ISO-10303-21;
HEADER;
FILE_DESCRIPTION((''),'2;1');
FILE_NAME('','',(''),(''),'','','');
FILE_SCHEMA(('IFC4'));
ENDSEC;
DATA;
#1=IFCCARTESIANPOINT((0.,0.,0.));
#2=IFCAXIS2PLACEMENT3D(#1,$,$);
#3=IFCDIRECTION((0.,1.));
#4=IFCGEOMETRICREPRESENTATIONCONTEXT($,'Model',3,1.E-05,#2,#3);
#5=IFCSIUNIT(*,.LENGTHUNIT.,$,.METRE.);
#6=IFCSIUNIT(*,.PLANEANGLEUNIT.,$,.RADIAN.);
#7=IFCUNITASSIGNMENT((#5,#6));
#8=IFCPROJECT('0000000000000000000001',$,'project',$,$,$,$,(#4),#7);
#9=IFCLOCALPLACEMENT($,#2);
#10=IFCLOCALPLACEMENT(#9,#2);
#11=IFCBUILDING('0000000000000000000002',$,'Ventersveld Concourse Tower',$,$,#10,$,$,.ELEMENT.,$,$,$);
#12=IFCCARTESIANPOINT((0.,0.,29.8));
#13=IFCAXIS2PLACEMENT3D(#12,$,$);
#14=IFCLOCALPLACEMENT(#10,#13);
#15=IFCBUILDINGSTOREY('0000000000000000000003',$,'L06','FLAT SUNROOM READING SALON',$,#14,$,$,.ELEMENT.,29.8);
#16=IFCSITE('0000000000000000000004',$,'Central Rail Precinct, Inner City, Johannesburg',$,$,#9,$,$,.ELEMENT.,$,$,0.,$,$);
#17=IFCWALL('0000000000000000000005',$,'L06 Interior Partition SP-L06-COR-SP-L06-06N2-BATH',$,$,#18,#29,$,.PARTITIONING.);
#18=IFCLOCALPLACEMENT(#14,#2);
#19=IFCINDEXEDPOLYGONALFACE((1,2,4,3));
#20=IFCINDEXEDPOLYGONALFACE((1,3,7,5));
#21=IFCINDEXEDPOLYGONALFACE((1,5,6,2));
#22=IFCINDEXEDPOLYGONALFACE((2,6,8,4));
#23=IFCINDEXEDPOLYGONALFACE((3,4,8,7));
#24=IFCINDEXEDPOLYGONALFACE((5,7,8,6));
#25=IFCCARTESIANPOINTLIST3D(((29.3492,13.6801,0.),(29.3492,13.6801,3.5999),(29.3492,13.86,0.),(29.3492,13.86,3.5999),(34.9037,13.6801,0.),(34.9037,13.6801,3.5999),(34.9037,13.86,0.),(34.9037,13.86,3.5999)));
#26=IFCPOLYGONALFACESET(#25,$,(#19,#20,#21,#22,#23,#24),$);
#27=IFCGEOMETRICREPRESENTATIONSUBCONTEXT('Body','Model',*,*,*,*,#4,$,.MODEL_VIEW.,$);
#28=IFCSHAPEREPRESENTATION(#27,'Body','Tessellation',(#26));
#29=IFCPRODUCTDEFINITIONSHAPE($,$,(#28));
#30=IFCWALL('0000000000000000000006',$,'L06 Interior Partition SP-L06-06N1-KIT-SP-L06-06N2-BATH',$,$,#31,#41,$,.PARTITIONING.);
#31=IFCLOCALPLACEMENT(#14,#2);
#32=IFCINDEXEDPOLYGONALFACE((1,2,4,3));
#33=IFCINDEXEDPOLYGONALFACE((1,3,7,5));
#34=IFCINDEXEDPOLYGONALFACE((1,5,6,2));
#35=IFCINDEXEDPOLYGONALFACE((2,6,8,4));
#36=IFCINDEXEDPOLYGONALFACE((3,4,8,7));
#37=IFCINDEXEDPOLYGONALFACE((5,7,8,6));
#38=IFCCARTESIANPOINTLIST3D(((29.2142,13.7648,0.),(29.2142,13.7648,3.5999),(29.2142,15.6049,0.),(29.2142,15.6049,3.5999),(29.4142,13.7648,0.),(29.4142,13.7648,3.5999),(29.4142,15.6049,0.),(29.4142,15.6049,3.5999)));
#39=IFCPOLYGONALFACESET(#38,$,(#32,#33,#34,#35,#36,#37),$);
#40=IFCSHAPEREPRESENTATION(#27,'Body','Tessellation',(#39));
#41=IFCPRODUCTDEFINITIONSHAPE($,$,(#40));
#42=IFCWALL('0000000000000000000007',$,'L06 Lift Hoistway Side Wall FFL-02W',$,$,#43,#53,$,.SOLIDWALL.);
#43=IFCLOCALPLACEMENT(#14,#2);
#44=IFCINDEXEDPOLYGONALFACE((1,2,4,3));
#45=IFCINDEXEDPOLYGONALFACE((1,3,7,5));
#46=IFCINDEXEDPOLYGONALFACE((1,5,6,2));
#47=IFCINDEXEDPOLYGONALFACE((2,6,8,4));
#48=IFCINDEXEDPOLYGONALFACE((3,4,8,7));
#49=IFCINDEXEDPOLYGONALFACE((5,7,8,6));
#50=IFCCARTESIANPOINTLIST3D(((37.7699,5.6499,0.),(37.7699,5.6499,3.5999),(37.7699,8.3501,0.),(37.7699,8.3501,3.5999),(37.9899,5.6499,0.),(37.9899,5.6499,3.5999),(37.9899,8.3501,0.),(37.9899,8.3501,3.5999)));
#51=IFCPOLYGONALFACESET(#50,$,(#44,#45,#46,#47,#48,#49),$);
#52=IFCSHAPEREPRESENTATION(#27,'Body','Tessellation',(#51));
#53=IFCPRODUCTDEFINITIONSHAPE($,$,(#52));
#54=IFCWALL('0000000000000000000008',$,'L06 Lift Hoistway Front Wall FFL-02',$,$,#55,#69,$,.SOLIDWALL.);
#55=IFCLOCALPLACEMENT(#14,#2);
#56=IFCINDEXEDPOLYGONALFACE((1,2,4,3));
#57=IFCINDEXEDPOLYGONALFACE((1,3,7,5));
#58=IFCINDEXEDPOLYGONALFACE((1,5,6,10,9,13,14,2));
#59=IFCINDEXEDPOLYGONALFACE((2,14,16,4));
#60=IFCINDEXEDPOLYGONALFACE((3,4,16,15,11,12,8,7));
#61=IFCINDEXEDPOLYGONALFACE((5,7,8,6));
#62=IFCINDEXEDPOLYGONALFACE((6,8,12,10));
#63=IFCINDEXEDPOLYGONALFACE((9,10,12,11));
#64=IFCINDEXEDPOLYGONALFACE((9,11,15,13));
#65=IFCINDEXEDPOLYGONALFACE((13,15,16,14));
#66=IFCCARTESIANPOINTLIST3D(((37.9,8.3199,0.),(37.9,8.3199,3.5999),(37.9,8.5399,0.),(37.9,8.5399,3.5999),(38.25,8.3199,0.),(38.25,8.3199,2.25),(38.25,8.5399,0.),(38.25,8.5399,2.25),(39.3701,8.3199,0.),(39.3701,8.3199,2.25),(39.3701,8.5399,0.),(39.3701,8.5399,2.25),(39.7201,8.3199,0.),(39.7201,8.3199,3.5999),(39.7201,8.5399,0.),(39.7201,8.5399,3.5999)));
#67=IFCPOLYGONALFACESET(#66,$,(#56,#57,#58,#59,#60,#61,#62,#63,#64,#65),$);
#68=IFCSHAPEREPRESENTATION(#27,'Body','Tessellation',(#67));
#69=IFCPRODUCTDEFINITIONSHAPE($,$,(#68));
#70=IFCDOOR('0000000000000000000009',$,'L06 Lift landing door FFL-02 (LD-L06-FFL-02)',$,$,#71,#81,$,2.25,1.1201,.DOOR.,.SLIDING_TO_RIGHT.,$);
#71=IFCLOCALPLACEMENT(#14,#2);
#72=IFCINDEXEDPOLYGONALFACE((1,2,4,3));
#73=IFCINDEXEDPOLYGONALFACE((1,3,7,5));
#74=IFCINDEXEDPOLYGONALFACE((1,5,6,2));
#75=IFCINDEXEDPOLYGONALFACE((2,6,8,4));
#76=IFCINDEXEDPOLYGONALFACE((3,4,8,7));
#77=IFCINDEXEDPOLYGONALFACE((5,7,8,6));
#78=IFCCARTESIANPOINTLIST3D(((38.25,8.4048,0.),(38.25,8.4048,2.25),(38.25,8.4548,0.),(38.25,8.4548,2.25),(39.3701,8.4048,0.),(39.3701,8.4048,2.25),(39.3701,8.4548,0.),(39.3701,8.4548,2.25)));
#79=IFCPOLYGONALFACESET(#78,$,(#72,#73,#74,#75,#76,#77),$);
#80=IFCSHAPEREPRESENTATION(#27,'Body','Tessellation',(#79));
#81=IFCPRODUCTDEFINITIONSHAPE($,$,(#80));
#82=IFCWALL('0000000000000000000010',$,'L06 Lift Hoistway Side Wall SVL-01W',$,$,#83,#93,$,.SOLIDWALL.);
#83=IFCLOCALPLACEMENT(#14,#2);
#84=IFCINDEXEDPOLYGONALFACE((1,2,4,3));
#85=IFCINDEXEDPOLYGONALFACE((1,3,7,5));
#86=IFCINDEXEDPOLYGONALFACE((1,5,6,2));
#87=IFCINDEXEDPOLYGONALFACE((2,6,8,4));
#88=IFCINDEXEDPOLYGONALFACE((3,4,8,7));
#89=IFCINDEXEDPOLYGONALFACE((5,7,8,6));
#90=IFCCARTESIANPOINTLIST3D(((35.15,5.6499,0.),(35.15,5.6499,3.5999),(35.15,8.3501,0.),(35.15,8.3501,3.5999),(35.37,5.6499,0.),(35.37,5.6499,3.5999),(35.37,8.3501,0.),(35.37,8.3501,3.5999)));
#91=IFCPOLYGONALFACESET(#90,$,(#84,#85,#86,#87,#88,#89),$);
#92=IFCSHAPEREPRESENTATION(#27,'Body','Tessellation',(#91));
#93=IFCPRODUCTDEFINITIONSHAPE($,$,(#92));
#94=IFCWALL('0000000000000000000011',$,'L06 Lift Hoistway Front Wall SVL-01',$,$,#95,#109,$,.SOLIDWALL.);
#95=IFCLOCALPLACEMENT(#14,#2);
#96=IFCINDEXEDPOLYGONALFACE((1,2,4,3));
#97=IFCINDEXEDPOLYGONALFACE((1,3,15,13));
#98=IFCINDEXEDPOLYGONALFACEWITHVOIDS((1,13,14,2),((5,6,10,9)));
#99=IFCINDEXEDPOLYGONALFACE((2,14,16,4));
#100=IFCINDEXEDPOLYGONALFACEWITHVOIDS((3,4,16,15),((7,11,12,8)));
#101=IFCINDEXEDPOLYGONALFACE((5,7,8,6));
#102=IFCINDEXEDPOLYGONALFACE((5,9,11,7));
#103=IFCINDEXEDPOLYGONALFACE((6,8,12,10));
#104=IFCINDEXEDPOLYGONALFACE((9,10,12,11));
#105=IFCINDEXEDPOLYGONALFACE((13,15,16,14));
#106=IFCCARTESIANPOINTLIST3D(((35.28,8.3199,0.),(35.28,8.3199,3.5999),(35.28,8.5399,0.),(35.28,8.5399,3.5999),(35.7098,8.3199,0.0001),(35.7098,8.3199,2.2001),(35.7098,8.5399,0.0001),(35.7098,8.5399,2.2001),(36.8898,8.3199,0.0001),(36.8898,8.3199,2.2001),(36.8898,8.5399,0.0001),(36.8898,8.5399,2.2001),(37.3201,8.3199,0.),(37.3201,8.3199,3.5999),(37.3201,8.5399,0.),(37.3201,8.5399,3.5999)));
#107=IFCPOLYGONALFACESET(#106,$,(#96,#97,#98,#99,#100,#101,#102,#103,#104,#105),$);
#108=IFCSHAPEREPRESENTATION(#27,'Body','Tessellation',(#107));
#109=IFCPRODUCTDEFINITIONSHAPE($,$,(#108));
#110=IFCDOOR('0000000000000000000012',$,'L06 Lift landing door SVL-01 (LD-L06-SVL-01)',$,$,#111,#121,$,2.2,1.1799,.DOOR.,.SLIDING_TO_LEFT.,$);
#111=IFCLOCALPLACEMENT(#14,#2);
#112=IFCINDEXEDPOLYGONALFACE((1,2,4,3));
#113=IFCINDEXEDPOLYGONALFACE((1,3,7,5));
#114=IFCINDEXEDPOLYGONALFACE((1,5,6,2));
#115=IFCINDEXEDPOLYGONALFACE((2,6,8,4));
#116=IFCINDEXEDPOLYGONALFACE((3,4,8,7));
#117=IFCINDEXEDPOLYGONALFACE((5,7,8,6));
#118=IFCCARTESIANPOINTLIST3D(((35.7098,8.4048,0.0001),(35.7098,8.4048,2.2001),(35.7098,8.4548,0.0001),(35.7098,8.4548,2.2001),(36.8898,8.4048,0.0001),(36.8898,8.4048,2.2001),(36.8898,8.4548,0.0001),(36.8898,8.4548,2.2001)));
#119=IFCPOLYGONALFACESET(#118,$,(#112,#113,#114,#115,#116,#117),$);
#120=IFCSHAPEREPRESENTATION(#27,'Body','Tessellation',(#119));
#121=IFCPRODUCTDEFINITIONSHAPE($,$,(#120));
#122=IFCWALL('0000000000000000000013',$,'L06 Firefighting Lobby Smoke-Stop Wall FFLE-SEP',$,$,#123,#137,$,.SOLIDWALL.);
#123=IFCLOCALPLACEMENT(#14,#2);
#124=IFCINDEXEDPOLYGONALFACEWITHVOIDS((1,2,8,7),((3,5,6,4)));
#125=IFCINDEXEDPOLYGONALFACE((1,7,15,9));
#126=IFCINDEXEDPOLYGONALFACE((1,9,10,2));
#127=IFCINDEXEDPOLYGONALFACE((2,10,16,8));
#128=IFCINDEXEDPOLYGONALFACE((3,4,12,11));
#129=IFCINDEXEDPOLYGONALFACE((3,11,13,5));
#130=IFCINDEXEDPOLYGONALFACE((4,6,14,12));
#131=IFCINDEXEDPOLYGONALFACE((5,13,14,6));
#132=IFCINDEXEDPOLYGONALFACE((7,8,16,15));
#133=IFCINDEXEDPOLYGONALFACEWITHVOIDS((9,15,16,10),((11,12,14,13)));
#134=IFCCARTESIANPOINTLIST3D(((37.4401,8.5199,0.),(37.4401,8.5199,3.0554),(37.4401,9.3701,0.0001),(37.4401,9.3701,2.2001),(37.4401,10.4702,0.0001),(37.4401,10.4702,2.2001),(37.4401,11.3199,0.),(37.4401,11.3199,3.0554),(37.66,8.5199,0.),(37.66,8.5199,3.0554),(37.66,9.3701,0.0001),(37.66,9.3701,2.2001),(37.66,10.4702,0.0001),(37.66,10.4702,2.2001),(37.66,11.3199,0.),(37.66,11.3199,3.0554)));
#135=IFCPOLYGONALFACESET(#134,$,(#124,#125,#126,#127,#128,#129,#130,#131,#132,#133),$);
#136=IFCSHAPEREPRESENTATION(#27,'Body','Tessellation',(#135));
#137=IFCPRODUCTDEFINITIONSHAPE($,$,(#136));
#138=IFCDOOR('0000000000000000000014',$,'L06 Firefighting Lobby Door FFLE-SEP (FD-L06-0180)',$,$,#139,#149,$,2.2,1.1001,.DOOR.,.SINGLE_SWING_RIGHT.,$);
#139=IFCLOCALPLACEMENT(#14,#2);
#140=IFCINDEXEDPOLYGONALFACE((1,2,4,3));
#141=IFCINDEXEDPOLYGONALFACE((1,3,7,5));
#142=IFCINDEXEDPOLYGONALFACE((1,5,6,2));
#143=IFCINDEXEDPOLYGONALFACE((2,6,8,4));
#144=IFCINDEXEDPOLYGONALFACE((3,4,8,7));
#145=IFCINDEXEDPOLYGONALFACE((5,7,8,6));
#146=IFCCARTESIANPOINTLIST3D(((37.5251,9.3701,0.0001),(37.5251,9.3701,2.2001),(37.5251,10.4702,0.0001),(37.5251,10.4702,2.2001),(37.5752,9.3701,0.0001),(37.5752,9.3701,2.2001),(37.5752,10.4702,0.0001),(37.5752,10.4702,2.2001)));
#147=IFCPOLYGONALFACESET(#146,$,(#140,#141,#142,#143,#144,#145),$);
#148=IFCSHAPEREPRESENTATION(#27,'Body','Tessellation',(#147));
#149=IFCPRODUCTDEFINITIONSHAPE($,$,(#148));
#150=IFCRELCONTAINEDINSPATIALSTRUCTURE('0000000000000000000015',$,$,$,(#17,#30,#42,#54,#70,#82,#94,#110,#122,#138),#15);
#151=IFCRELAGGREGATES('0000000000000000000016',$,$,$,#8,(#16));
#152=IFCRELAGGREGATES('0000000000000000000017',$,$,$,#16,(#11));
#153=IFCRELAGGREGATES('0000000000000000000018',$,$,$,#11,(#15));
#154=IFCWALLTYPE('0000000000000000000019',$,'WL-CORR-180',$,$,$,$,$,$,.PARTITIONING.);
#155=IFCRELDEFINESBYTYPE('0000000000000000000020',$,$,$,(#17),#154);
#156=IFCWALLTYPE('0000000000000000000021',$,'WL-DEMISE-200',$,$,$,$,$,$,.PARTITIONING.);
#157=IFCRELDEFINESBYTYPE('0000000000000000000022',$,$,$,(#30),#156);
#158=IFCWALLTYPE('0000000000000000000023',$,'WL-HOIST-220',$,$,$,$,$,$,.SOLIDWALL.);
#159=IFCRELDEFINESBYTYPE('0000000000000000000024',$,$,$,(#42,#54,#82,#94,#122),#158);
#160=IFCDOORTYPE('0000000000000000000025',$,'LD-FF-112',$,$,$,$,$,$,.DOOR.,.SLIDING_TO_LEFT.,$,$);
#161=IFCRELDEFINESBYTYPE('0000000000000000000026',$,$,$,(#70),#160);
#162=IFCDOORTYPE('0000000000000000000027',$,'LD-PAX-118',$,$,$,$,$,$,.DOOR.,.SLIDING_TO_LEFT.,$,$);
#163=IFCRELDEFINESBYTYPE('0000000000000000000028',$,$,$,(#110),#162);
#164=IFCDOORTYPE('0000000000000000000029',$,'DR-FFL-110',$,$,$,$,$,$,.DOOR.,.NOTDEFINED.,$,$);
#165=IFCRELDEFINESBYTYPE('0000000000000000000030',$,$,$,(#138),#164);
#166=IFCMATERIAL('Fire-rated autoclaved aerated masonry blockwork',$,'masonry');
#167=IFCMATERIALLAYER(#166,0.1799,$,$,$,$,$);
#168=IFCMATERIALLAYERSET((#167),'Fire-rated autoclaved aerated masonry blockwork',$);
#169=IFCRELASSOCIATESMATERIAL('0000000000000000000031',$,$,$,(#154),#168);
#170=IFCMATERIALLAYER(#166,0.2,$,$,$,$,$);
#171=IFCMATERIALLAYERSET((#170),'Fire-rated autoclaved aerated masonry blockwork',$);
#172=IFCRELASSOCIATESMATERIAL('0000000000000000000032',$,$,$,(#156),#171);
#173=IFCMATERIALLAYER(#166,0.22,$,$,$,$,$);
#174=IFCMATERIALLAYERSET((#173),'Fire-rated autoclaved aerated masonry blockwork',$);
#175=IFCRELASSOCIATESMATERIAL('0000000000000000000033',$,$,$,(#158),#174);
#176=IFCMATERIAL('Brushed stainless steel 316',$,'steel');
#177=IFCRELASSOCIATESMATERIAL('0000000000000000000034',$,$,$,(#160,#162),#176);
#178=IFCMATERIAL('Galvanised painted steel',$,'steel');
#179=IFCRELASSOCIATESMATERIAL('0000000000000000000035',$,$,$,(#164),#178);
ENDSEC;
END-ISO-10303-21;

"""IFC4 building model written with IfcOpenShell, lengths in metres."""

from ifc_helpers import new_model, si_unit, direction, frame, frame_2d, origin, place, context, subcontext, project, spatial, rectangle, extrude, material, layer, layer_set, type_object, element, fill, save


model = new_model("IFC4")

# Units and contexts
model_context = context("Model", 3, precision=1e-05, world=origin(), true_north=direction((0.0, 1.0)))
body_context = subcontext(model_context, "Body", "Model", "MODEL_VIEW")
ifc_project = project(units=[si_unit("LENGTHUNIT", "METRE"), si_unit("PLANEANGLEUNIT", "RADIAN")], contexts=[model_context])

# Site, building, storey
site_placement = place(None, origin())
site = spatial("IfcSite", under=ifc_project, at=site_placement, Name="Central Rail Precinct, Inner City, Johannesburg", CompositionType="ELEMENT", RefElevation=0.0)
building_placement = place(site_placement, origin())
building = spatial("IfcBuilding", under=site, at=building_placement, Name="Ventersveld Concourse Tower", CompositionType="ELEMENT")
storey_placement = place(building_placement, frame((0.0, 0.0, 29.8)))
storey = spatial("IfcBuildingStorey", under=building, at=storey_placement, Name="L06", Description="FLAT SUNROOM READING SALON", CompositionType="ELEMENT", Elevation=29.8)

# Shared definitions
ifc_material_1 = material(Name="Fire-rated autoclaved aerated masonry blockwork", Category="masonry")
ifc_layer_1 = layer(ifc_material_1, 0.1799)
ifc_layer_set_1 = layer_set([ifc_layer_1], Name="Fire-rated autoclaved aerated masonry blockwork")
wall_type_1 = type_object("IfcWallType", Name="WL-CORR-180", PredefinedType="PARTITIONING", material=ifc_layer_set_1)
ifc_material_2 = material(Name="Galvanised painted steel", Category="steel")

# Walls
wall_1_placement = place(storey_placement, frame((29.3491, 13.77, 0.0), z_axis=(0.0, 0.0, 1.0), x_axis=(1.0, 0.0, 0.0)))
element("IfcWall", 1, at=wall_1_placement, inside=storey, type_object=wall_type_1, Name="L06 Interior Partition SP-L06-COR-SP-L06-06N2-BATH", PredefinedType="PARTITIONING", context=body_context, shape_type="SweptSolid", body=[
    extrude(rectangle(XDim=5.5544, YDim=0.1799, at=frame_2d((2.7773, 0.0))), origin(), (0.0, 0.0, 1.0), 3.5999),
])
ifc_layer_2 = layer(ifc_material_1, 0.2)
ifc_layer_set_2 = layer_set([ifc_layer_2], Name="Fire-rated autoclaved aerated masonry blockwork")
wall_type_2 = type_object("IfcWallType", Name="WL-DEMISE-200", PredefinedType="PARTITIONING", material=ifc_layer_set_2)
wall_2_placement = place(storey_placement, frame((29.3142, 13.7649, 0.0), z_axis=(0.0, 0.0, 1.0), x_axis=(0.0, 1.0, 0.0)))
element("IfcWall", 2, at=wall_2_placement, inside=storey, type_object=wall_type_2, Name="L06 Interior Partition SP-L06-06N1-KIT-SP-L06-06N2-BATH", PredefinedType="PARTITIONING", context=body_context, shape_type="SweptSolid", body=[
    extrude(rectangle(XDim=1.8401, YDim=0.2, at=frame_2d((0.9199, 0.0))), origin(), (0.0, 0.0, 1.0), 3.5999),
])
ifc_layer_3 = layer(ifc_material_1, 0.22)
ifc_layer_set_3 = layer_set([ifc_layer_3], Name="Fire-rated autoclaved aerated masonry blockwork")
wall_type_3 = type_object("IfcWallType", Name="WL-HOIST-220", PredefinedType="SOLIDWALL", material=ifc_layer_set_3)
wall_3_placement = place(storey_placement, frame((37.8799, 5.6499, 0.0), z_axis=(0.0, 0.0, 1.0), x_axis=(0.0, 1.0, 0.0)))
element("IfcWall", 3, at=wall_3_placement, inside=storey, type_object=wall_type_3, Name="L06 Lift Hoistway Side Wall FFL-02W", PredefinedType="SOLIDWALL", context=body_context, shape_type="SweptSolid", body=[
    extrude(rectangle(XDim=2.7002, YDim=0.22, at=frame_2d((1.3501, 0.0))), origin(), (0.0, 0.0, 1.0), 3.5999),
])

# Wall, opening, door
wall_4_placement = place(storey_placement, frame((37.8999, 8.4299, 0.0), z_axis=(0.0, 0.0, 1.0), x_axis=(1.0, 0.0, 0.0)))
wall_4 = element("IfcWall", 4, at=wall_4_placement, inside=storey, type_object=wall_type_3, Name="L06 Lift Hoistway Front Wall FFL-02", PredefinedType="SOLIDWALL", context=body_context, shape_type="SweptSolid", body=[
    extrude(rectangle(XDim=1.8201, YDim=0.22, at=frame_2d((0.9102, 0.0))), origin(), (0.0, 0.0, 1.0), 3.5999),
])
opening_1_placement = place(wall_4_placement, frame((0.3501, 0.0, 0.0)))
opening_1 = element("IfcOpeningElement", 5, at=opening_1_placement, cuts=wall_4, PredefinedType="OPENING", context=body_context, shape_type="SweptSolid", body=[
    extrude(rectangle(XDim=1.1201, YDim=2.25, at=frame_2d((0.5601, 1.125))), frame((0.0, 0.1201, 0.0), z_axis=(0.0, -1.0, 0.0), x_axis=(1.0, 0.0, 0.0)), (0.0, 0.0, 1.0), 0.24),
])
ifc_material_3 = material(Name="Brushed stainless steel 316", Category="steel")
door_type_1 = type_object("IfcDoorType", Name="LD-FF-112", OperationType="SLIDING_TO_LEFT", PredefinedType="DOOR", material=ifc_material_3)
door_1_placement = place(opening_1_placement, origin())
door_1 = element("IfcDoor", 6, at=door_1_placement, inside=storey, type_object=door_type_1, Name="L06 Lift landing door FFL-02 (LD-L06-FFL-02)", OperationType="SLIDING_TO_RIGHT", OverallHeight=2.25, OverallWidth=1.1201, PredefinedType="DOOR", context=body_context, shape_type="SweptSolid", body=[
    extrude(rectangle(XDim=1.1201, YDim=2.25, at=frame_2d((0.5601, 1.125))), frame((0.0, 0.0249, 0.0), z_axis=(0.0, -1.0, 0.0), x_axis=(1.0, 0.0, 0.0)), (0.0, 0.0, 1.0), 0.05),
])
fill(opening_1, door_1)

# Wall
wall_5_placement = place(storey_placement, frame((35.26, 5.6499, 0.0), z_axis=(0.0, 0.0, 1.0), x_axis=(0.0, 1.0, 0.0)))
element("IfcWall", 7, at=wall_5_placement, inside=storey, type_object=wall_type_3, Name="L06 Lift Hoistway Side Wall SVL-01W", PredefinedType="SOLIDWALL", context=body_context, shape_type="SweptSolid", body=[
    extrude(rectangle(XDim=2.7002, YDim=0.22, at=frame_2d((1.3501, 0.0))), origin(), (0.0, 0.0, 1.0), 3.5999),
])

# Walls, openings, doors
wall_6_placement = place(storey_placement, frame((35.28, 8.4299, 0.0), z_axis=(0.0, 0.0, 1.0), x_axis=(1.0, 0.0, 0.0)))
wall_6 = element("IfcWall", 8, at=wall_6_placement, inside=storey, type_object=wall_type_3, Name="L06 Lift Hoistway Front Wall SVL-01", PredefinedType="SOLIDWALL", context=body_context, shape_type="SweptSolid", body=[
    extrude(rectangle(XDim=2.04, YDim=0.22, at=frame_2d((1.02, 0.0))), origin(), (0.0, 0.0, 1.0), 3.5999),
])
opening_2_placement = place(wall_6_placement, frame((0.4299, 0.0, 0.0)))
opening_2 = element("IfcOpeningElement", 9, at=opening_2_placement, cuts=wall_6, PredefinedType="OPENING", context=body_context, shape_type="SweptSolid", body=[
    extrude(rectangle(XDim=1.1799, YDim=2.2, at=frame_2d((0.5898, 1.1001))), frame((0.0, 0.1201, 0.0), z_axis=(0.0, -1.0, 0.0), x_axis=(1.0, 0.0, 0.0)), (0.0, 0.0, 1.0), 0.24),
])
door_type_2 = type_object("IfcDoorType", Name="LD-PAX-118", OperationType="SLIDING_TO_LEFT", PredefinedType="DOOR", material=ifc_material_3)
door_2_placement = place(opening_2_placement, origin())
door_2 = element("IfcDoor", 10, at=door_2_placement, inside=storey, type_object=door_type_2, Name="L06 Lift landing door SVL-01 (LD-L06-SVL-01)", OperationType="SLIDING_TO_LEFT", OverallHeight=2.2, OverallWidth=1.1799, PredefinedType="DOOR", context=body_context, shape_type="SweptSolid", body=[
    extrude(rectangle(XDim=1.1799, YDim=2.2, at=frame_2d((0.5898, 1.1001))), frame((0.0, 0.0249, 0.0), z_axis=(0.0, -1.0, 0.0), x_axis=(1.0, 0.0, 0.0)), (0.0, 0.0, 1.0), 0.05),
])
fill(opening_2, door_2)
wall_7_placement = place(storey_placement, frame((37.55, 8.52, 0.0), z_axis=(0.0, 0.0, 1.0), x_axis=(0.0, 1.0, 0.0)))
wall_7 = element("IfcWall", 11, at=wall_7_placement, inside=storey, type_object=wall_type_3, Name="L06 Firefighting Lobby Smoke-Stop Wall FFLE-SEP", PredefinedType="SOLIDWALL", context=body_context, shape_type="SweptSolid", body=[
    extrude(rectangle(XDim=2.8, YDim=0.22, at=frame_2d((1.3999, 0.0))), origin(), (0.0, 0.0, 1.0), 3.0554),
])
opening_3_placement = place(wall_7_placement, frame((0.8501, 0.0, 0.0)))
opening_3 = element("IfcOpeningElement", 12, at=opening_3_placement, cuts=wall_7, PredefinedType="OPENING", context=body_context, shape_type="SweptSolid", body=[
    extrude(rectangle(XDim=1.1001, YDim=2.2, at=frame_2d((0.55, 1.1001))), frame((0.0, 0.1201, 0.0), z_axis=(0.0, -1.0, 0.0), x_axis=(1.0, 0.0, 0.0)), (0.0, 0.0, 1.0), 0.24),
])
door_type_3 = type_object("IfcDoorType", Name="DR-FFL-110", OperationType="NOTDEFINED", PredefinedType="DOOR", material=ifc_material_2)
door_3_placement = place(opening_3_placement, origin())
door_3 = element("IfcDoor", 13, at=door_3_placement, inside=storey, type_object=door_type_3, Name="L06 Firefighting Lobby Door FFLE-SEP (FD-L06-0180)", OperationType="SINGLE_SWING_RIGHT", OverallHeight=2.2, OverallWidth=1.1001, PredefinedType="DOOR", context=body_context, shape_type="SweptSolid", body=[
    extrude(rectangle(XDim=1.1001, YDim=2.2, at=frame_2d((0.55, 1.1001))), frame((0.0, 0.0249, 0.0), z_axis=(0.0, -1.0, 0.0), x_axis=(1.0, 0.0, 0.0)), (0.0, 0.0, 1.0), 0.05),
])
fill(opening_3, door_3)

save(model, "model.ifc")
